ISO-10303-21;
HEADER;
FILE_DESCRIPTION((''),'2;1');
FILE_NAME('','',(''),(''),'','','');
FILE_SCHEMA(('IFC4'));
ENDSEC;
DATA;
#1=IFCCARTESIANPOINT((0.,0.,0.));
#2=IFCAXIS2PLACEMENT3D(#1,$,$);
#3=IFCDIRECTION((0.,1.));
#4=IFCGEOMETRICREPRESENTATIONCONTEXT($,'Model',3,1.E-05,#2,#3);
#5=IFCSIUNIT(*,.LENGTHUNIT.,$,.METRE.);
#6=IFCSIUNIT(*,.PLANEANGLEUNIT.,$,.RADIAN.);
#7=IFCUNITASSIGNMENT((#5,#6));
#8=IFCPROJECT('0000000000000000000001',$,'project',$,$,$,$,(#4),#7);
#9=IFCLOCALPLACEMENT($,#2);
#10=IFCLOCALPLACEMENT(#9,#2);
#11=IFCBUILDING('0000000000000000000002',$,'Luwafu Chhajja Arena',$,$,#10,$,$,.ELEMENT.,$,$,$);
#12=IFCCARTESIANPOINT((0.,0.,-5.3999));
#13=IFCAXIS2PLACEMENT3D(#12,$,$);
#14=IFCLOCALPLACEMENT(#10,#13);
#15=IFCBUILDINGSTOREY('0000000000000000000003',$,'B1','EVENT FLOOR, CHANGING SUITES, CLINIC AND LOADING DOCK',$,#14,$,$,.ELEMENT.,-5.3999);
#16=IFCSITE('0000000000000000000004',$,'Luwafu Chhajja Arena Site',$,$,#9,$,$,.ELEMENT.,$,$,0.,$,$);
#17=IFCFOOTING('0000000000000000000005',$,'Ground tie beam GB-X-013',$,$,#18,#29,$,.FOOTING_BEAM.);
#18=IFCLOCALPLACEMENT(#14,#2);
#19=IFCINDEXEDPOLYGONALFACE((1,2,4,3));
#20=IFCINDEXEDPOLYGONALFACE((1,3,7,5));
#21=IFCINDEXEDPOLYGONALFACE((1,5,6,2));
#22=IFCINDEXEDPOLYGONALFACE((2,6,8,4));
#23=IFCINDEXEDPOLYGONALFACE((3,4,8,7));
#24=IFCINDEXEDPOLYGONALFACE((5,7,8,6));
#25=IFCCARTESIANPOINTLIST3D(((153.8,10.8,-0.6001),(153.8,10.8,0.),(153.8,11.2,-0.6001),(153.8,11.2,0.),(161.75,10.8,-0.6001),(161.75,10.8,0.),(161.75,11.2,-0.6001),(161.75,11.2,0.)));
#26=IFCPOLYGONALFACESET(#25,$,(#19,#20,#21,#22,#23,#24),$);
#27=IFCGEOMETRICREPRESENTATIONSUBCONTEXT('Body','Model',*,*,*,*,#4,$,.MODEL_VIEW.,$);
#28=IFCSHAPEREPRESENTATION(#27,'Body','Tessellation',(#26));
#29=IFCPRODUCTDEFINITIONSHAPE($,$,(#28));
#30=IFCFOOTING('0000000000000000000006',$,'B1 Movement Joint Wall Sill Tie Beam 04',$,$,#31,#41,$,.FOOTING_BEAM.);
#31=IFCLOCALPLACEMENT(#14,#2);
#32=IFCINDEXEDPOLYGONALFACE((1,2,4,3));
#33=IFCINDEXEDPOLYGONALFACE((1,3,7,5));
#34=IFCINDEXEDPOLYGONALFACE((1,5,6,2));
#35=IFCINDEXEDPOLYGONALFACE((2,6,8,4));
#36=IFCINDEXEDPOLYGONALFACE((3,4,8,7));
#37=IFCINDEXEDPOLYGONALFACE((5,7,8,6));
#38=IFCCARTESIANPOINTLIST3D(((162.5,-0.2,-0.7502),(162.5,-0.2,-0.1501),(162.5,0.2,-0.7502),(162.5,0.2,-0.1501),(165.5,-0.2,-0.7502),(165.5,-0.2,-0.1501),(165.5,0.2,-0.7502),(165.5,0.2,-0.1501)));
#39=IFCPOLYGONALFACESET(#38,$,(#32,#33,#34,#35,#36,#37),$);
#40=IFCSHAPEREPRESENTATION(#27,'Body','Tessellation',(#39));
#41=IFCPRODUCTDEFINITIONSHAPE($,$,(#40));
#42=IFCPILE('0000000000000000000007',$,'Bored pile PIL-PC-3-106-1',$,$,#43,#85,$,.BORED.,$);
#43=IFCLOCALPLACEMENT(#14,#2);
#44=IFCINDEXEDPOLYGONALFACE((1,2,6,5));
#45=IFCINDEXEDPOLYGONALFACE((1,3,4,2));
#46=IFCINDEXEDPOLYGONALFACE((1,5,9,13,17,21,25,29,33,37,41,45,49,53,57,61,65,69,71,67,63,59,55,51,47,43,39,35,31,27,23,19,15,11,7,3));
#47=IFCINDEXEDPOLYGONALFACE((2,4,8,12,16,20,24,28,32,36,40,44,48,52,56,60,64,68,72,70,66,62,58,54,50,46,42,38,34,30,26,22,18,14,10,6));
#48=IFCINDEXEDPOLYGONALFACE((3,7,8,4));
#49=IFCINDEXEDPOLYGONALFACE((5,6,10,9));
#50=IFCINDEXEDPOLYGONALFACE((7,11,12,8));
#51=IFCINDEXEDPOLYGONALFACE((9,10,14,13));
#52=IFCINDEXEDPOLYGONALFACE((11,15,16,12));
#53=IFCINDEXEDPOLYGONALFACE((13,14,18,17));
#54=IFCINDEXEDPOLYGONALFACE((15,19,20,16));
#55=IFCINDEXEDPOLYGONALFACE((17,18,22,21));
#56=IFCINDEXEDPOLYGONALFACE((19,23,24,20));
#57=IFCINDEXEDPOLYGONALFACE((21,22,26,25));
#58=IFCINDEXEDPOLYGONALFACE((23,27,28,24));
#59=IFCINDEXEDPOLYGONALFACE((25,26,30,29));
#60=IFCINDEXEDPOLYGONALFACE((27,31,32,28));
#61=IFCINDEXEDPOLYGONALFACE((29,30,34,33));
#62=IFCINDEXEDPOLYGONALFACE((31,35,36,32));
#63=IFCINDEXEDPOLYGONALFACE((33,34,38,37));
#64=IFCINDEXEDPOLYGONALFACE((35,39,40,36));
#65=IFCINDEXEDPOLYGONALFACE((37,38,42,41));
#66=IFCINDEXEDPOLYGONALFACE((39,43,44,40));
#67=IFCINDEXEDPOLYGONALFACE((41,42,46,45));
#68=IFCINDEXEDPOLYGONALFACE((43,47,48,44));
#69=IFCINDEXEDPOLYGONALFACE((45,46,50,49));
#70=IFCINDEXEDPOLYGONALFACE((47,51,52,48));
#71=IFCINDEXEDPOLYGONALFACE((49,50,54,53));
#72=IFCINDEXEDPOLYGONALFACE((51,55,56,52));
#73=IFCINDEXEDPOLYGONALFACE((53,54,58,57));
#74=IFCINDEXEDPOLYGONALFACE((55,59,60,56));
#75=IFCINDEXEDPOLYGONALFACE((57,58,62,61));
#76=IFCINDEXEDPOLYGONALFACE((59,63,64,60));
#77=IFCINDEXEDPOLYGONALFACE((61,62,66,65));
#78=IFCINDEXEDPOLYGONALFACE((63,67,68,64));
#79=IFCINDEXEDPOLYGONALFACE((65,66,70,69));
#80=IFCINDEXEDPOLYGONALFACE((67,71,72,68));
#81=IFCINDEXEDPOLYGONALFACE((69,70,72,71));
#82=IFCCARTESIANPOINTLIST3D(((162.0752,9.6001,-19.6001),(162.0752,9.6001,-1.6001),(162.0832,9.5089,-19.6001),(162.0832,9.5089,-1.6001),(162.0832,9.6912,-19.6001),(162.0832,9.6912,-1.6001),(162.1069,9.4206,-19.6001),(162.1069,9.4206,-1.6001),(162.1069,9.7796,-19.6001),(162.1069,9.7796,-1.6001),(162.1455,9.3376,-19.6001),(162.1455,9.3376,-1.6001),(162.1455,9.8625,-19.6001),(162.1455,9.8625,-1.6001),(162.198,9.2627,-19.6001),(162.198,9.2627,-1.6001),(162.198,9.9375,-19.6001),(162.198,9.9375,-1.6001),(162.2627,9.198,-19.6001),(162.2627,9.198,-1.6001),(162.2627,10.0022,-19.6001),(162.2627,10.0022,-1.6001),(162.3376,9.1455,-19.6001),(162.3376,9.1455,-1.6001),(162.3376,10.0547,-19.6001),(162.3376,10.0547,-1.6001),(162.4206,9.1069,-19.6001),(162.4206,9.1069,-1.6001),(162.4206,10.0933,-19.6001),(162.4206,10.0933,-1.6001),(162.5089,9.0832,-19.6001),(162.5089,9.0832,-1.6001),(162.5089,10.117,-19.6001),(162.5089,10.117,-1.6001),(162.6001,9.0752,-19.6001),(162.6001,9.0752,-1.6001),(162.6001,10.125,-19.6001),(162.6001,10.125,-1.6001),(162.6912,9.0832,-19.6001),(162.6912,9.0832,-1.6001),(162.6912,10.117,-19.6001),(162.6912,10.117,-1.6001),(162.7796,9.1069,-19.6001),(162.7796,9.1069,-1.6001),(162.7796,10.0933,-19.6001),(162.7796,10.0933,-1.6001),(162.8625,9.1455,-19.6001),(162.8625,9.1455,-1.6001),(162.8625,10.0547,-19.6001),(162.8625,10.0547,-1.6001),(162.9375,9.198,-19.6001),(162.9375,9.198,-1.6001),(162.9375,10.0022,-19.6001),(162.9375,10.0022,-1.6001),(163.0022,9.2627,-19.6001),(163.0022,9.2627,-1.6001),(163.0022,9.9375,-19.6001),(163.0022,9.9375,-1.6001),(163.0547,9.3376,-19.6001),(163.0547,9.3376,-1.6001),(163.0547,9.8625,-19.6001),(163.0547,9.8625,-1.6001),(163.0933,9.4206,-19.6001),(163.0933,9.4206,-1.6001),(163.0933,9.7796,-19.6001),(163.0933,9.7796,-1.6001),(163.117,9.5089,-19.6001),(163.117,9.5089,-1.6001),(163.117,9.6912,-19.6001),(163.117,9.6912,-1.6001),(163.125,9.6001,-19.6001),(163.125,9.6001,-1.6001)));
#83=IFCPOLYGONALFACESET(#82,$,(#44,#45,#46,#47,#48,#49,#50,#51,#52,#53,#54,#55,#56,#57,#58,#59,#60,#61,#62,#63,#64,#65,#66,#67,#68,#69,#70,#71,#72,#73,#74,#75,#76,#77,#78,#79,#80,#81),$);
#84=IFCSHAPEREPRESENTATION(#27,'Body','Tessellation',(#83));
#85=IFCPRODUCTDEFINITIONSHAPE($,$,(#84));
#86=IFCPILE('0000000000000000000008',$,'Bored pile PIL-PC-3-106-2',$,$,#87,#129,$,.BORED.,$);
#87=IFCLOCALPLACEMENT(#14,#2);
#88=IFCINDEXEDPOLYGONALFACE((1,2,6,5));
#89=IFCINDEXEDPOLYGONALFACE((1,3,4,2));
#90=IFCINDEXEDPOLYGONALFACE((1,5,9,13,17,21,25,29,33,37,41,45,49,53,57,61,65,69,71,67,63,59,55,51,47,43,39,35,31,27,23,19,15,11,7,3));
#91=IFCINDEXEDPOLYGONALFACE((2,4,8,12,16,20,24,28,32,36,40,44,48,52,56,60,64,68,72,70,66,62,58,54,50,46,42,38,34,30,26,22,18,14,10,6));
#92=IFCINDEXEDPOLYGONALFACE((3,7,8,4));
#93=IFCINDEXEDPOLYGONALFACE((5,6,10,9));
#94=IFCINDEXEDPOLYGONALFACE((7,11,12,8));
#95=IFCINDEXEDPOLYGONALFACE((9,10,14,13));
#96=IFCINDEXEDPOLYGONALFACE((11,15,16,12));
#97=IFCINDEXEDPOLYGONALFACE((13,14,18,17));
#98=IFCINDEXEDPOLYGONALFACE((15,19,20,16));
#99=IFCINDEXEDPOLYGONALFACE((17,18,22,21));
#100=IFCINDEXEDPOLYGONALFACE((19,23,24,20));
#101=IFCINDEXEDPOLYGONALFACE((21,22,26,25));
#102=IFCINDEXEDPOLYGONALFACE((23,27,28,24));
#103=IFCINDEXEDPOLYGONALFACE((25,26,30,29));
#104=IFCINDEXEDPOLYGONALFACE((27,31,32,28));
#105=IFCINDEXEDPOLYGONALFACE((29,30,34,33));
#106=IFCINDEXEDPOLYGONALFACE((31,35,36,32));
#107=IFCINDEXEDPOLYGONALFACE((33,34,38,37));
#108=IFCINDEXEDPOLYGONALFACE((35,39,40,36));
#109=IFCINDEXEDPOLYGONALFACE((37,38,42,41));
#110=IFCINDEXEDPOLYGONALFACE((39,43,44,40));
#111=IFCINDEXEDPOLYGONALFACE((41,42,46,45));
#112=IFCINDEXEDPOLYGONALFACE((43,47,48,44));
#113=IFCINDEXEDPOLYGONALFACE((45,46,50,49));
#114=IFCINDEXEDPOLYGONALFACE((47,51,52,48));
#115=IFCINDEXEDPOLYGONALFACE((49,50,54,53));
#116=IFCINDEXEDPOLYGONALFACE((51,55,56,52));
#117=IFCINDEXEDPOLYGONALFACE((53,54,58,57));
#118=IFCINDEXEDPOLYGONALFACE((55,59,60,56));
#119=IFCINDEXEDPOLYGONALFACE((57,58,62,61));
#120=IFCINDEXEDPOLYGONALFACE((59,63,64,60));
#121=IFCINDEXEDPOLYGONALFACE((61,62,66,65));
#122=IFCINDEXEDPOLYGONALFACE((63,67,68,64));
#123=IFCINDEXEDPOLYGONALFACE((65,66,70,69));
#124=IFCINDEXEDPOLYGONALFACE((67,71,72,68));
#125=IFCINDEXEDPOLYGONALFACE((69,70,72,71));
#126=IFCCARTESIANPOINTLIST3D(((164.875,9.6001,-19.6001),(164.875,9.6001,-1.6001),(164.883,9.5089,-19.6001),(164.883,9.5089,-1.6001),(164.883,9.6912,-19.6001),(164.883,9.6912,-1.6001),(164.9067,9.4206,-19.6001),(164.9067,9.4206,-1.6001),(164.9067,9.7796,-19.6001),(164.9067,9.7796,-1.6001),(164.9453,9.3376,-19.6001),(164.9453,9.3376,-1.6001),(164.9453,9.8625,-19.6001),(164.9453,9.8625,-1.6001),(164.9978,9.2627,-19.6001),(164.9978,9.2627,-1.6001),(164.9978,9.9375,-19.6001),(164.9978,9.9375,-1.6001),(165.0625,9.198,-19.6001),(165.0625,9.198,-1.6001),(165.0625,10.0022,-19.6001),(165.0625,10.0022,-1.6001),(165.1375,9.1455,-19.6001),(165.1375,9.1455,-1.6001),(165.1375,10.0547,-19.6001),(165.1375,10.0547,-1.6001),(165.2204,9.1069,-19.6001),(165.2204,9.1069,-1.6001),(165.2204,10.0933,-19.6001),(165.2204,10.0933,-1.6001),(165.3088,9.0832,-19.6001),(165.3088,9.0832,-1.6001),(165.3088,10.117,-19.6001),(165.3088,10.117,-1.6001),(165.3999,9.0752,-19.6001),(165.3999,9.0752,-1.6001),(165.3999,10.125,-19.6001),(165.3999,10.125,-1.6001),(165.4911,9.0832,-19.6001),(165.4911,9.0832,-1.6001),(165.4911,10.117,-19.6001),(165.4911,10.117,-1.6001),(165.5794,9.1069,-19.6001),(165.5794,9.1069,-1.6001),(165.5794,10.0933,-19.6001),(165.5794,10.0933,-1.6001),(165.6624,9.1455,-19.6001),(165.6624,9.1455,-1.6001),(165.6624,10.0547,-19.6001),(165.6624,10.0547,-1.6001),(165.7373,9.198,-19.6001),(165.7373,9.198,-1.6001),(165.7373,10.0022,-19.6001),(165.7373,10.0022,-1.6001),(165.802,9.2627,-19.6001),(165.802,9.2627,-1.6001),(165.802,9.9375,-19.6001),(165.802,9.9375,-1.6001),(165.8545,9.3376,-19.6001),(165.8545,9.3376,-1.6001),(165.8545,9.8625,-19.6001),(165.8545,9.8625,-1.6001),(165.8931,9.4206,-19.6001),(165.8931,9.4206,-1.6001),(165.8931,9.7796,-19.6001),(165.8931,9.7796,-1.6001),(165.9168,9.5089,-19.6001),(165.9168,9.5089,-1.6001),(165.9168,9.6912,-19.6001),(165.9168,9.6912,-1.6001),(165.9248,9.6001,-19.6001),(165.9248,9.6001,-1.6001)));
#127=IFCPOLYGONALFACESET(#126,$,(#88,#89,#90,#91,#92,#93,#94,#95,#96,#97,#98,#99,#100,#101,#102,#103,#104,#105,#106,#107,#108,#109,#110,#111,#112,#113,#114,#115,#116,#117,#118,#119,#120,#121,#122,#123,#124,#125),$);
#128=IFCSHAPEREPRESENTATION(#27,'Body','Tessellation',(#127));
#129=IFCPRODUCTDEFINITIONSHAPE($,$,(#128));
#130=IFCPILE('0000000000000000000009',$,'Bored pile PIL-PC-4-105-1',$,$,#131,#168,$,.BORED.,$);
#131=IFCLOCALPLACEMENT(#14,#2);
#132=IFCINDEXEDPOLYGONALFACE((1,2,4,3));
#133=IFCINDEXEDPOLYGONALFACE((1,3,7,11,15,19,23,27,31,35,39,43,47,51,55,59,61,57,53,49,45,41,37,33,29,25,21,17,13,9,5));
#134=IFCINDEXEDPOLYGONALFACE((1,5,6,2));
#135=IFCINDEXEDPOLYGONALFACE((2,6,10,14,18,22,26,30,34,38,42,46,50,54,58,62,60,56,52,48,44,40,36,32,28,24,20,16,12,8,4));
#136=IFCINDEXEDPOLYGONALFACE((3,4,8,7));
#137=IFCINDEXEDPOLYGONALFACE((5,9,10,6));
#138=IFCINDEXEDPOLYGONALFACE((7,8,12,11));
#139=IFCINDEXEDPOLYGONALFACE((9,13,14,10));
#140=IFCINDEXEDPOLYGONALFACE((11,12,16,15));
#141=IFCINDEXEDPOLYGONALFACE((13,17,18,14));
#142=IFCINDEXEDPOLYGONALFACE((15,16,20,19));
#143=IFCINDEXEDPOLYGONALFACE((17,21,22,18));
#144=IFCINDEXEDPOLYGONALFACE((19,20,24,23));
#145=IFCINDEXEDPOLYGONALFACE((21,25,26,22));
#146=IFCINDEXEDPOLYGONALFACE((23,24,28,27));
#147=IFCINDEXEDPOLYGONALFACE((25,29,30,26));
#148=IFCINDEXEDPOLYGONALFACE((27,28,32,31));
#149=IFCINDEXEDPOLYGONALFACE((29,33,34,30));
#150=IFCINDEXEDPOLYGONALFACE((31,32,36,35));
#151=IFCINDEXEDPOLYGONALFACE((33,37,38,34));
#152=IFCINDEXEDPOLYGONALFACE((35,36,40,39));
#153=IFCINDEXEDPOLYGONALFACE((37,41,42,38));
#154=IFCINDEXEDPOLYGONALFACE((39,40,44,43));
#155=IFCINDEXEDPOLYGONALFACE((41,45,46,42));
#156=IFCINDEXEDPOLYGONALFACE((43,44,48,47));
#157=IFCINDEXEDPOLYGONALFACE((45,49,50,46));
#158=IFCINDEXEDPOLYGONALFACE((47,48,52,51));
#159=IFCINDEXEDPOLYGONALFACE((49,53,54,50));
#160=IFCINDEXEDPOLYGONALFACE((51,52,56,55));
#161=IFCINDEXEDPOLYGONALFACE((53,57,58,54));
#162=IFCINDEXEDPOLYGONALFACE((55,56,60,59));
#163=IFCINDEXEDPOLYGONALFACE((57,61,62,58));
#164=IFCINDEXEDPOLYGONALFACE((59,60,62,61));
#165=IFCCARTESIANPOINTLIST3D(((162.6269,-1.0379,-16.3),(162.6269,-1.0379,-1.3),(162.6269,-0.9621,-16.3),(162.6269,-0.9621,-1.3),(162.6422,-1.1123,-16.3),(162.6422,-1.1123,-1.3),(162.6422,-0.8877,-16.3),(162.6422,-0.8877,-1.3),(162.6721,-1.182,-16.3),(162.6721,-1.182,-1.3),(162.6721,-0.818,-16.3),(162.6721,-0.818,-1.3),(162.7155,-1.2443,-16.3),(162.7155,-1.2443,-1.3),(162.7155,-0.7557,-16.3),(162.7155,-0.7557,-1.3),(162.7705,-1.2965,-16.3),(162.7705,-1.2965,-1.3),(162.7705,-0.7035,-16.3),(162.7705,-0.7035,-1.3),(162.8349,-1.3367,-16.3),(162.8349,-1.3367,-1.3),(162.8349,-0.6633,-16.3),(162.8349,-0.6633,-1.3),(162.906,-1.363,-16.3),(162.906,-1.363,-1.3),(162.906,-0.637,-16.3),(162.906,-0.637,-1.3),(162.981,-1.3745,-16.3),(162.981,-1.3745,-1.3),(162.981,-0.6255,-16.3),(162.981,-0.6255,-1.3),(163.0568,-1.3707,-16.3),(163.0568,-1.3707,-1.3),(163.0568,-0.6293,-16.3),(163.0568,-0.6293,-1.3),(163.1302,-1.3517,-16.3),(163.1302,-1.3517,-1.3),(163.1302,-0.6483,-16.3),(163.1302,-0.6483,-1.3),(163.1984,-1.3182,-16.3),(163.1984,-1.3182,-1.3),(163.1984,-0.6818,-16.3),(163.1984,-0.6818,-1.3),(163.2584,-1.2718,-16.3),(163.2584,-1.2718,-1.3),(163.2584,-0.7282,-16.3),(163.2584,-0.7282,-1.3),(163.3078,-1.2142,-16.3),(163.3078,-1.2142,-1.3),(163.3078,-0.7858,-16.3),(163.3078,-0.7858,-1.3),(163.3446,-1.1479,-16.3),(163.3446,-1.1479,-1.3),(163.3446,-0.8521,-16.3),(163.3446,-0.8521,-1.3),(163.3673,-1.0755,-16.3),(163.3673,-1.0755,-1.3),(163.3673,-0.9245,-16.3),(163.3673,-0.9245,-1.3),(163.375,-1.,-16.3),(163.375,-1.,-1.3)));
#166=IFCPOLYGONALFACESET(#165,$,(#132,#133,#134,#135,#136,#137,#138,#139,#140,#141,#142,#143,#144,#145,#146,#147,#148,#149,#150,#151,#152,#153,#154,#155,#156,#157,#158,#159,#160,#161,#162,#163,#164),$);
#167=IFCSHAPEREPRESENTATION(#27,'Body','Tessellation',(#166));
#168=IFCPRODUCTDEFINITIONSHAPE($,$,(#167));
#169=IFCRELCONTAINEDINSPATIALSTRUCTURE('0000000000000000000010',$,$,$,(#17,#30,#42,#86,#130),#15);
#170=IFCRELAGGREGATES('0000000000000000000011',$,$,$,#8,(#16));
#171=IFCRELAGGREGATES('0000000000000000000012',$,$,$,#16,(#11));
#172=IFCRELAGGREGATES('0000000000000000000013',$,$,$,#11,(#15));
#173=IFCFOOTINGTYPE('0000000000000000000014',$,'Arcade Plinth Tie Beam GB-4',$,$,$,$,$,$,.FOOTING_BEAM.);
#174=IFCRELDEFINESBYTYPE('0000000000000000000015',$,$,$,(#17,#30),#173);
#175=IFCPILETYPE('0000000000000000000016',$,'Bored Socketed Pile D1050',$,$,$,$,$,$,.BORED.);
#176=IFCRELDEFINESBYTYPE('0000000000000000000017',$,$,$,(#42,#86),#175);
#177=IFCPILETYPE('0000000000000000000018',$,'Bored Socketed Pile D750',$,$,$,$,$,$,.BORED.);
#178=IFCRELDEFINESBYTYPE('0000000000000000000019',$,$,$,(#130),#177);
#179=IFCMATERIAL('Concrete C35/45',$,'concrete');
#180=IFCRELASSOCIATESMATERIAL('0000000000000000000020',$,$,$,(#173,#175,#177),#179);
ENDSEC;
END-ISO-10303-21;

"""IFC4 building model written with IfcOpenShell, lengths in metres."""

from ifc_helpers import new_model, si_unit, direction, frame, origin, origin_2d, place, context, subcontext, project, spatial, rectangle, circle, extrude, material, material_profile, profile_set, type_object, element, save


model = new_model("IFC4")

# Units and contexts
model_context = context("Model", 3, precision=1e-05, world=origin(), true_north=direction((0.0, 1.0)))
body_context = subcontext(model_context, "Body", "Model", "MODEL_VIEW")
ifc_project = project(units=[si_unit("LENGTHUNIT", "METRE"), si_unit("PLANEANGLEUNIT", "RADIAN")], contexts=[model_context])

# Site, building, storey
site_placement = place(None, origin())
site = spatial("IfcSite", under=ifc_project, at=site_placement, Name="Luwafu Chhajja Arena Site", CompositionType="ELEMENT", RefElevation=0.0)
building_placement = place(site_placement, origin())
building = spatial("IfcBuilding", under=site, at=building_placement, Name="Luwafu Chhajja Arena", CompositionType="ELEMENT")
storey_placement = place(building_placement, frame((0.0, 0.0, -5.3999)))
storey = spatial("IfcBuildingStorey", under=building, at=storey_placement, Name="B1", Description="EVENT FLOOR, CHANGING SUITES, CLINIC AND LOADING DOCK", CompositionType="ELEMENT", Elevation=-5.3999)

# Footings
ifc_material_1 = material(Name="Concrete C35/45", Category="concrete")
ifc_material_profile_1 = material_profile(ifc_material_1, rectangle(XDim=0.3999, YDim=0.6001, at=origin_2d()), Name="RC 400x600")
ifc_profile_set_1 = profile_set([ifc_material_profile_1], Name="Concrete C35/45")
footing_type_1 = type_object("IfcFootingType", Name="Arcade Plinth Tie Beam GB-4", PredefinedType="FOOTING_BEAM", material=ifc_profile_set_1)
footing_1_placement = place(storey_placement, frame((153.8, 11.0, -0.3), z_axis=(1.0, 0.0, 0.0), x_axis=(0.0, 1.0, 0.0)))
element("IfcFooting", 1, at=footing_1_placement, inside=storey, type_object=footing_type_1, Name="Ground tie beam GB-X-013", PredefinedType="FOOTING_BEAM", context=body_context, shape_type="SweptSolid", body=[
    extrude(rectangle(XDim=0.3999, YDim=0.6001, at=origin_2d()), origin(), (0.0, 0.0, 1.0), 7.95),
])
footing_2_placement = place(storey_placement, frame((162.5, 0.0, -0.4502), z_axis=(1.0, 0.0, 0.0), x_axis=(0.0, 1.0, 0.0)))
element("IfcFooting", 2, at=footing_2_placement, inside=storey, type_object=footing_type_1, Name="B1 Movement Joint Wall Sill Tie Beam 04", PredefinedType="FOOTING_BEAM", context=body_context, shape_type="SweptSolid", body=[
    extrude(rectangle(XDim=0.3999, YDim=0.6001, at=origin_2d()), origin(), (0.0, 0.0, 1.0), 3.0),
])

# Piles
ifc_material_profile_2 = material_profile(ifc_material_1, circle(Radius=0.5249, at=origin_2d()), Name="PILE D1050")
ifc_profile_set_2 = profile_set([ifc_material_profile_2], Name="Concrete C35/45")
pile_type_1 = type_object("IfcPileType", Name="Bored Socketed Pile D1050", PredefinedType="BORED", material=ifc_profile_set_2)
for number, where, z_axis, x_axis, name in (
    (3, (162.6001, 9.6001, -1.6001), (0.0, 0.0, -1.0), (1.0, 0.0, 0.0), "Bored pile PIL-PC-3-106-1"),
    (4, (165.3999, 9.6001, -1.6001), (0.0, 0.0, -1.0), (1.0, 0.0, 0.0), "Bored pile PIL-PC-3-106-2"),
):
    element("IfcPile", number, at=place(storey_placement, frame(where, z_axis=z_axis, x_axis=x_axis)), inside=storey, type_object=pile_type_1, Name=name, PredefinedType="BORED", context=body_context, shape_type="SweptSolid", body=[
        extrude(circle(Radius=0.5249, at=origin_2d()), origin(), (0.0, 0.0, 1.0), 18.0),
    ])
ifc_material_profile_3 = material_profile(ifc_material_1, circle(Radius=0.375, at=origin_2d()), Name="PILE D750")
ifc_profile_set_3 = profile_set([ifc_material_profile_3], Name="Concrete C35/45")
pile_type_2 = type_object("IfcPileType", Name="Bored Socketed Pile D750", PredefinedType="BORED", material=ifc_profile_set_3)
for number, where, z_axis, x_axis, name in (
    (5, (163.0, -1.0, -1.3), (0.0, 0.0, -1.0), (1.0, 0.0, 0.0), "Bored pile PIL-PC-4-105-1"),
):
    element("IfcPile", number, at=place(storey_placement, frame(where, z_axis=z_axis, x_axis=x_axis)), inside=storey, type_object=pile_type_2, Name=name, PredefinedType="BORED", context=body_context, shape_type="SweptSolid", body=[
        extrude(circle(Radius=0.375, at=origin_2d()), origin(), (0.0, 0.0, 1.0), 15.0),
    ])

save(model, "model.ifc")
